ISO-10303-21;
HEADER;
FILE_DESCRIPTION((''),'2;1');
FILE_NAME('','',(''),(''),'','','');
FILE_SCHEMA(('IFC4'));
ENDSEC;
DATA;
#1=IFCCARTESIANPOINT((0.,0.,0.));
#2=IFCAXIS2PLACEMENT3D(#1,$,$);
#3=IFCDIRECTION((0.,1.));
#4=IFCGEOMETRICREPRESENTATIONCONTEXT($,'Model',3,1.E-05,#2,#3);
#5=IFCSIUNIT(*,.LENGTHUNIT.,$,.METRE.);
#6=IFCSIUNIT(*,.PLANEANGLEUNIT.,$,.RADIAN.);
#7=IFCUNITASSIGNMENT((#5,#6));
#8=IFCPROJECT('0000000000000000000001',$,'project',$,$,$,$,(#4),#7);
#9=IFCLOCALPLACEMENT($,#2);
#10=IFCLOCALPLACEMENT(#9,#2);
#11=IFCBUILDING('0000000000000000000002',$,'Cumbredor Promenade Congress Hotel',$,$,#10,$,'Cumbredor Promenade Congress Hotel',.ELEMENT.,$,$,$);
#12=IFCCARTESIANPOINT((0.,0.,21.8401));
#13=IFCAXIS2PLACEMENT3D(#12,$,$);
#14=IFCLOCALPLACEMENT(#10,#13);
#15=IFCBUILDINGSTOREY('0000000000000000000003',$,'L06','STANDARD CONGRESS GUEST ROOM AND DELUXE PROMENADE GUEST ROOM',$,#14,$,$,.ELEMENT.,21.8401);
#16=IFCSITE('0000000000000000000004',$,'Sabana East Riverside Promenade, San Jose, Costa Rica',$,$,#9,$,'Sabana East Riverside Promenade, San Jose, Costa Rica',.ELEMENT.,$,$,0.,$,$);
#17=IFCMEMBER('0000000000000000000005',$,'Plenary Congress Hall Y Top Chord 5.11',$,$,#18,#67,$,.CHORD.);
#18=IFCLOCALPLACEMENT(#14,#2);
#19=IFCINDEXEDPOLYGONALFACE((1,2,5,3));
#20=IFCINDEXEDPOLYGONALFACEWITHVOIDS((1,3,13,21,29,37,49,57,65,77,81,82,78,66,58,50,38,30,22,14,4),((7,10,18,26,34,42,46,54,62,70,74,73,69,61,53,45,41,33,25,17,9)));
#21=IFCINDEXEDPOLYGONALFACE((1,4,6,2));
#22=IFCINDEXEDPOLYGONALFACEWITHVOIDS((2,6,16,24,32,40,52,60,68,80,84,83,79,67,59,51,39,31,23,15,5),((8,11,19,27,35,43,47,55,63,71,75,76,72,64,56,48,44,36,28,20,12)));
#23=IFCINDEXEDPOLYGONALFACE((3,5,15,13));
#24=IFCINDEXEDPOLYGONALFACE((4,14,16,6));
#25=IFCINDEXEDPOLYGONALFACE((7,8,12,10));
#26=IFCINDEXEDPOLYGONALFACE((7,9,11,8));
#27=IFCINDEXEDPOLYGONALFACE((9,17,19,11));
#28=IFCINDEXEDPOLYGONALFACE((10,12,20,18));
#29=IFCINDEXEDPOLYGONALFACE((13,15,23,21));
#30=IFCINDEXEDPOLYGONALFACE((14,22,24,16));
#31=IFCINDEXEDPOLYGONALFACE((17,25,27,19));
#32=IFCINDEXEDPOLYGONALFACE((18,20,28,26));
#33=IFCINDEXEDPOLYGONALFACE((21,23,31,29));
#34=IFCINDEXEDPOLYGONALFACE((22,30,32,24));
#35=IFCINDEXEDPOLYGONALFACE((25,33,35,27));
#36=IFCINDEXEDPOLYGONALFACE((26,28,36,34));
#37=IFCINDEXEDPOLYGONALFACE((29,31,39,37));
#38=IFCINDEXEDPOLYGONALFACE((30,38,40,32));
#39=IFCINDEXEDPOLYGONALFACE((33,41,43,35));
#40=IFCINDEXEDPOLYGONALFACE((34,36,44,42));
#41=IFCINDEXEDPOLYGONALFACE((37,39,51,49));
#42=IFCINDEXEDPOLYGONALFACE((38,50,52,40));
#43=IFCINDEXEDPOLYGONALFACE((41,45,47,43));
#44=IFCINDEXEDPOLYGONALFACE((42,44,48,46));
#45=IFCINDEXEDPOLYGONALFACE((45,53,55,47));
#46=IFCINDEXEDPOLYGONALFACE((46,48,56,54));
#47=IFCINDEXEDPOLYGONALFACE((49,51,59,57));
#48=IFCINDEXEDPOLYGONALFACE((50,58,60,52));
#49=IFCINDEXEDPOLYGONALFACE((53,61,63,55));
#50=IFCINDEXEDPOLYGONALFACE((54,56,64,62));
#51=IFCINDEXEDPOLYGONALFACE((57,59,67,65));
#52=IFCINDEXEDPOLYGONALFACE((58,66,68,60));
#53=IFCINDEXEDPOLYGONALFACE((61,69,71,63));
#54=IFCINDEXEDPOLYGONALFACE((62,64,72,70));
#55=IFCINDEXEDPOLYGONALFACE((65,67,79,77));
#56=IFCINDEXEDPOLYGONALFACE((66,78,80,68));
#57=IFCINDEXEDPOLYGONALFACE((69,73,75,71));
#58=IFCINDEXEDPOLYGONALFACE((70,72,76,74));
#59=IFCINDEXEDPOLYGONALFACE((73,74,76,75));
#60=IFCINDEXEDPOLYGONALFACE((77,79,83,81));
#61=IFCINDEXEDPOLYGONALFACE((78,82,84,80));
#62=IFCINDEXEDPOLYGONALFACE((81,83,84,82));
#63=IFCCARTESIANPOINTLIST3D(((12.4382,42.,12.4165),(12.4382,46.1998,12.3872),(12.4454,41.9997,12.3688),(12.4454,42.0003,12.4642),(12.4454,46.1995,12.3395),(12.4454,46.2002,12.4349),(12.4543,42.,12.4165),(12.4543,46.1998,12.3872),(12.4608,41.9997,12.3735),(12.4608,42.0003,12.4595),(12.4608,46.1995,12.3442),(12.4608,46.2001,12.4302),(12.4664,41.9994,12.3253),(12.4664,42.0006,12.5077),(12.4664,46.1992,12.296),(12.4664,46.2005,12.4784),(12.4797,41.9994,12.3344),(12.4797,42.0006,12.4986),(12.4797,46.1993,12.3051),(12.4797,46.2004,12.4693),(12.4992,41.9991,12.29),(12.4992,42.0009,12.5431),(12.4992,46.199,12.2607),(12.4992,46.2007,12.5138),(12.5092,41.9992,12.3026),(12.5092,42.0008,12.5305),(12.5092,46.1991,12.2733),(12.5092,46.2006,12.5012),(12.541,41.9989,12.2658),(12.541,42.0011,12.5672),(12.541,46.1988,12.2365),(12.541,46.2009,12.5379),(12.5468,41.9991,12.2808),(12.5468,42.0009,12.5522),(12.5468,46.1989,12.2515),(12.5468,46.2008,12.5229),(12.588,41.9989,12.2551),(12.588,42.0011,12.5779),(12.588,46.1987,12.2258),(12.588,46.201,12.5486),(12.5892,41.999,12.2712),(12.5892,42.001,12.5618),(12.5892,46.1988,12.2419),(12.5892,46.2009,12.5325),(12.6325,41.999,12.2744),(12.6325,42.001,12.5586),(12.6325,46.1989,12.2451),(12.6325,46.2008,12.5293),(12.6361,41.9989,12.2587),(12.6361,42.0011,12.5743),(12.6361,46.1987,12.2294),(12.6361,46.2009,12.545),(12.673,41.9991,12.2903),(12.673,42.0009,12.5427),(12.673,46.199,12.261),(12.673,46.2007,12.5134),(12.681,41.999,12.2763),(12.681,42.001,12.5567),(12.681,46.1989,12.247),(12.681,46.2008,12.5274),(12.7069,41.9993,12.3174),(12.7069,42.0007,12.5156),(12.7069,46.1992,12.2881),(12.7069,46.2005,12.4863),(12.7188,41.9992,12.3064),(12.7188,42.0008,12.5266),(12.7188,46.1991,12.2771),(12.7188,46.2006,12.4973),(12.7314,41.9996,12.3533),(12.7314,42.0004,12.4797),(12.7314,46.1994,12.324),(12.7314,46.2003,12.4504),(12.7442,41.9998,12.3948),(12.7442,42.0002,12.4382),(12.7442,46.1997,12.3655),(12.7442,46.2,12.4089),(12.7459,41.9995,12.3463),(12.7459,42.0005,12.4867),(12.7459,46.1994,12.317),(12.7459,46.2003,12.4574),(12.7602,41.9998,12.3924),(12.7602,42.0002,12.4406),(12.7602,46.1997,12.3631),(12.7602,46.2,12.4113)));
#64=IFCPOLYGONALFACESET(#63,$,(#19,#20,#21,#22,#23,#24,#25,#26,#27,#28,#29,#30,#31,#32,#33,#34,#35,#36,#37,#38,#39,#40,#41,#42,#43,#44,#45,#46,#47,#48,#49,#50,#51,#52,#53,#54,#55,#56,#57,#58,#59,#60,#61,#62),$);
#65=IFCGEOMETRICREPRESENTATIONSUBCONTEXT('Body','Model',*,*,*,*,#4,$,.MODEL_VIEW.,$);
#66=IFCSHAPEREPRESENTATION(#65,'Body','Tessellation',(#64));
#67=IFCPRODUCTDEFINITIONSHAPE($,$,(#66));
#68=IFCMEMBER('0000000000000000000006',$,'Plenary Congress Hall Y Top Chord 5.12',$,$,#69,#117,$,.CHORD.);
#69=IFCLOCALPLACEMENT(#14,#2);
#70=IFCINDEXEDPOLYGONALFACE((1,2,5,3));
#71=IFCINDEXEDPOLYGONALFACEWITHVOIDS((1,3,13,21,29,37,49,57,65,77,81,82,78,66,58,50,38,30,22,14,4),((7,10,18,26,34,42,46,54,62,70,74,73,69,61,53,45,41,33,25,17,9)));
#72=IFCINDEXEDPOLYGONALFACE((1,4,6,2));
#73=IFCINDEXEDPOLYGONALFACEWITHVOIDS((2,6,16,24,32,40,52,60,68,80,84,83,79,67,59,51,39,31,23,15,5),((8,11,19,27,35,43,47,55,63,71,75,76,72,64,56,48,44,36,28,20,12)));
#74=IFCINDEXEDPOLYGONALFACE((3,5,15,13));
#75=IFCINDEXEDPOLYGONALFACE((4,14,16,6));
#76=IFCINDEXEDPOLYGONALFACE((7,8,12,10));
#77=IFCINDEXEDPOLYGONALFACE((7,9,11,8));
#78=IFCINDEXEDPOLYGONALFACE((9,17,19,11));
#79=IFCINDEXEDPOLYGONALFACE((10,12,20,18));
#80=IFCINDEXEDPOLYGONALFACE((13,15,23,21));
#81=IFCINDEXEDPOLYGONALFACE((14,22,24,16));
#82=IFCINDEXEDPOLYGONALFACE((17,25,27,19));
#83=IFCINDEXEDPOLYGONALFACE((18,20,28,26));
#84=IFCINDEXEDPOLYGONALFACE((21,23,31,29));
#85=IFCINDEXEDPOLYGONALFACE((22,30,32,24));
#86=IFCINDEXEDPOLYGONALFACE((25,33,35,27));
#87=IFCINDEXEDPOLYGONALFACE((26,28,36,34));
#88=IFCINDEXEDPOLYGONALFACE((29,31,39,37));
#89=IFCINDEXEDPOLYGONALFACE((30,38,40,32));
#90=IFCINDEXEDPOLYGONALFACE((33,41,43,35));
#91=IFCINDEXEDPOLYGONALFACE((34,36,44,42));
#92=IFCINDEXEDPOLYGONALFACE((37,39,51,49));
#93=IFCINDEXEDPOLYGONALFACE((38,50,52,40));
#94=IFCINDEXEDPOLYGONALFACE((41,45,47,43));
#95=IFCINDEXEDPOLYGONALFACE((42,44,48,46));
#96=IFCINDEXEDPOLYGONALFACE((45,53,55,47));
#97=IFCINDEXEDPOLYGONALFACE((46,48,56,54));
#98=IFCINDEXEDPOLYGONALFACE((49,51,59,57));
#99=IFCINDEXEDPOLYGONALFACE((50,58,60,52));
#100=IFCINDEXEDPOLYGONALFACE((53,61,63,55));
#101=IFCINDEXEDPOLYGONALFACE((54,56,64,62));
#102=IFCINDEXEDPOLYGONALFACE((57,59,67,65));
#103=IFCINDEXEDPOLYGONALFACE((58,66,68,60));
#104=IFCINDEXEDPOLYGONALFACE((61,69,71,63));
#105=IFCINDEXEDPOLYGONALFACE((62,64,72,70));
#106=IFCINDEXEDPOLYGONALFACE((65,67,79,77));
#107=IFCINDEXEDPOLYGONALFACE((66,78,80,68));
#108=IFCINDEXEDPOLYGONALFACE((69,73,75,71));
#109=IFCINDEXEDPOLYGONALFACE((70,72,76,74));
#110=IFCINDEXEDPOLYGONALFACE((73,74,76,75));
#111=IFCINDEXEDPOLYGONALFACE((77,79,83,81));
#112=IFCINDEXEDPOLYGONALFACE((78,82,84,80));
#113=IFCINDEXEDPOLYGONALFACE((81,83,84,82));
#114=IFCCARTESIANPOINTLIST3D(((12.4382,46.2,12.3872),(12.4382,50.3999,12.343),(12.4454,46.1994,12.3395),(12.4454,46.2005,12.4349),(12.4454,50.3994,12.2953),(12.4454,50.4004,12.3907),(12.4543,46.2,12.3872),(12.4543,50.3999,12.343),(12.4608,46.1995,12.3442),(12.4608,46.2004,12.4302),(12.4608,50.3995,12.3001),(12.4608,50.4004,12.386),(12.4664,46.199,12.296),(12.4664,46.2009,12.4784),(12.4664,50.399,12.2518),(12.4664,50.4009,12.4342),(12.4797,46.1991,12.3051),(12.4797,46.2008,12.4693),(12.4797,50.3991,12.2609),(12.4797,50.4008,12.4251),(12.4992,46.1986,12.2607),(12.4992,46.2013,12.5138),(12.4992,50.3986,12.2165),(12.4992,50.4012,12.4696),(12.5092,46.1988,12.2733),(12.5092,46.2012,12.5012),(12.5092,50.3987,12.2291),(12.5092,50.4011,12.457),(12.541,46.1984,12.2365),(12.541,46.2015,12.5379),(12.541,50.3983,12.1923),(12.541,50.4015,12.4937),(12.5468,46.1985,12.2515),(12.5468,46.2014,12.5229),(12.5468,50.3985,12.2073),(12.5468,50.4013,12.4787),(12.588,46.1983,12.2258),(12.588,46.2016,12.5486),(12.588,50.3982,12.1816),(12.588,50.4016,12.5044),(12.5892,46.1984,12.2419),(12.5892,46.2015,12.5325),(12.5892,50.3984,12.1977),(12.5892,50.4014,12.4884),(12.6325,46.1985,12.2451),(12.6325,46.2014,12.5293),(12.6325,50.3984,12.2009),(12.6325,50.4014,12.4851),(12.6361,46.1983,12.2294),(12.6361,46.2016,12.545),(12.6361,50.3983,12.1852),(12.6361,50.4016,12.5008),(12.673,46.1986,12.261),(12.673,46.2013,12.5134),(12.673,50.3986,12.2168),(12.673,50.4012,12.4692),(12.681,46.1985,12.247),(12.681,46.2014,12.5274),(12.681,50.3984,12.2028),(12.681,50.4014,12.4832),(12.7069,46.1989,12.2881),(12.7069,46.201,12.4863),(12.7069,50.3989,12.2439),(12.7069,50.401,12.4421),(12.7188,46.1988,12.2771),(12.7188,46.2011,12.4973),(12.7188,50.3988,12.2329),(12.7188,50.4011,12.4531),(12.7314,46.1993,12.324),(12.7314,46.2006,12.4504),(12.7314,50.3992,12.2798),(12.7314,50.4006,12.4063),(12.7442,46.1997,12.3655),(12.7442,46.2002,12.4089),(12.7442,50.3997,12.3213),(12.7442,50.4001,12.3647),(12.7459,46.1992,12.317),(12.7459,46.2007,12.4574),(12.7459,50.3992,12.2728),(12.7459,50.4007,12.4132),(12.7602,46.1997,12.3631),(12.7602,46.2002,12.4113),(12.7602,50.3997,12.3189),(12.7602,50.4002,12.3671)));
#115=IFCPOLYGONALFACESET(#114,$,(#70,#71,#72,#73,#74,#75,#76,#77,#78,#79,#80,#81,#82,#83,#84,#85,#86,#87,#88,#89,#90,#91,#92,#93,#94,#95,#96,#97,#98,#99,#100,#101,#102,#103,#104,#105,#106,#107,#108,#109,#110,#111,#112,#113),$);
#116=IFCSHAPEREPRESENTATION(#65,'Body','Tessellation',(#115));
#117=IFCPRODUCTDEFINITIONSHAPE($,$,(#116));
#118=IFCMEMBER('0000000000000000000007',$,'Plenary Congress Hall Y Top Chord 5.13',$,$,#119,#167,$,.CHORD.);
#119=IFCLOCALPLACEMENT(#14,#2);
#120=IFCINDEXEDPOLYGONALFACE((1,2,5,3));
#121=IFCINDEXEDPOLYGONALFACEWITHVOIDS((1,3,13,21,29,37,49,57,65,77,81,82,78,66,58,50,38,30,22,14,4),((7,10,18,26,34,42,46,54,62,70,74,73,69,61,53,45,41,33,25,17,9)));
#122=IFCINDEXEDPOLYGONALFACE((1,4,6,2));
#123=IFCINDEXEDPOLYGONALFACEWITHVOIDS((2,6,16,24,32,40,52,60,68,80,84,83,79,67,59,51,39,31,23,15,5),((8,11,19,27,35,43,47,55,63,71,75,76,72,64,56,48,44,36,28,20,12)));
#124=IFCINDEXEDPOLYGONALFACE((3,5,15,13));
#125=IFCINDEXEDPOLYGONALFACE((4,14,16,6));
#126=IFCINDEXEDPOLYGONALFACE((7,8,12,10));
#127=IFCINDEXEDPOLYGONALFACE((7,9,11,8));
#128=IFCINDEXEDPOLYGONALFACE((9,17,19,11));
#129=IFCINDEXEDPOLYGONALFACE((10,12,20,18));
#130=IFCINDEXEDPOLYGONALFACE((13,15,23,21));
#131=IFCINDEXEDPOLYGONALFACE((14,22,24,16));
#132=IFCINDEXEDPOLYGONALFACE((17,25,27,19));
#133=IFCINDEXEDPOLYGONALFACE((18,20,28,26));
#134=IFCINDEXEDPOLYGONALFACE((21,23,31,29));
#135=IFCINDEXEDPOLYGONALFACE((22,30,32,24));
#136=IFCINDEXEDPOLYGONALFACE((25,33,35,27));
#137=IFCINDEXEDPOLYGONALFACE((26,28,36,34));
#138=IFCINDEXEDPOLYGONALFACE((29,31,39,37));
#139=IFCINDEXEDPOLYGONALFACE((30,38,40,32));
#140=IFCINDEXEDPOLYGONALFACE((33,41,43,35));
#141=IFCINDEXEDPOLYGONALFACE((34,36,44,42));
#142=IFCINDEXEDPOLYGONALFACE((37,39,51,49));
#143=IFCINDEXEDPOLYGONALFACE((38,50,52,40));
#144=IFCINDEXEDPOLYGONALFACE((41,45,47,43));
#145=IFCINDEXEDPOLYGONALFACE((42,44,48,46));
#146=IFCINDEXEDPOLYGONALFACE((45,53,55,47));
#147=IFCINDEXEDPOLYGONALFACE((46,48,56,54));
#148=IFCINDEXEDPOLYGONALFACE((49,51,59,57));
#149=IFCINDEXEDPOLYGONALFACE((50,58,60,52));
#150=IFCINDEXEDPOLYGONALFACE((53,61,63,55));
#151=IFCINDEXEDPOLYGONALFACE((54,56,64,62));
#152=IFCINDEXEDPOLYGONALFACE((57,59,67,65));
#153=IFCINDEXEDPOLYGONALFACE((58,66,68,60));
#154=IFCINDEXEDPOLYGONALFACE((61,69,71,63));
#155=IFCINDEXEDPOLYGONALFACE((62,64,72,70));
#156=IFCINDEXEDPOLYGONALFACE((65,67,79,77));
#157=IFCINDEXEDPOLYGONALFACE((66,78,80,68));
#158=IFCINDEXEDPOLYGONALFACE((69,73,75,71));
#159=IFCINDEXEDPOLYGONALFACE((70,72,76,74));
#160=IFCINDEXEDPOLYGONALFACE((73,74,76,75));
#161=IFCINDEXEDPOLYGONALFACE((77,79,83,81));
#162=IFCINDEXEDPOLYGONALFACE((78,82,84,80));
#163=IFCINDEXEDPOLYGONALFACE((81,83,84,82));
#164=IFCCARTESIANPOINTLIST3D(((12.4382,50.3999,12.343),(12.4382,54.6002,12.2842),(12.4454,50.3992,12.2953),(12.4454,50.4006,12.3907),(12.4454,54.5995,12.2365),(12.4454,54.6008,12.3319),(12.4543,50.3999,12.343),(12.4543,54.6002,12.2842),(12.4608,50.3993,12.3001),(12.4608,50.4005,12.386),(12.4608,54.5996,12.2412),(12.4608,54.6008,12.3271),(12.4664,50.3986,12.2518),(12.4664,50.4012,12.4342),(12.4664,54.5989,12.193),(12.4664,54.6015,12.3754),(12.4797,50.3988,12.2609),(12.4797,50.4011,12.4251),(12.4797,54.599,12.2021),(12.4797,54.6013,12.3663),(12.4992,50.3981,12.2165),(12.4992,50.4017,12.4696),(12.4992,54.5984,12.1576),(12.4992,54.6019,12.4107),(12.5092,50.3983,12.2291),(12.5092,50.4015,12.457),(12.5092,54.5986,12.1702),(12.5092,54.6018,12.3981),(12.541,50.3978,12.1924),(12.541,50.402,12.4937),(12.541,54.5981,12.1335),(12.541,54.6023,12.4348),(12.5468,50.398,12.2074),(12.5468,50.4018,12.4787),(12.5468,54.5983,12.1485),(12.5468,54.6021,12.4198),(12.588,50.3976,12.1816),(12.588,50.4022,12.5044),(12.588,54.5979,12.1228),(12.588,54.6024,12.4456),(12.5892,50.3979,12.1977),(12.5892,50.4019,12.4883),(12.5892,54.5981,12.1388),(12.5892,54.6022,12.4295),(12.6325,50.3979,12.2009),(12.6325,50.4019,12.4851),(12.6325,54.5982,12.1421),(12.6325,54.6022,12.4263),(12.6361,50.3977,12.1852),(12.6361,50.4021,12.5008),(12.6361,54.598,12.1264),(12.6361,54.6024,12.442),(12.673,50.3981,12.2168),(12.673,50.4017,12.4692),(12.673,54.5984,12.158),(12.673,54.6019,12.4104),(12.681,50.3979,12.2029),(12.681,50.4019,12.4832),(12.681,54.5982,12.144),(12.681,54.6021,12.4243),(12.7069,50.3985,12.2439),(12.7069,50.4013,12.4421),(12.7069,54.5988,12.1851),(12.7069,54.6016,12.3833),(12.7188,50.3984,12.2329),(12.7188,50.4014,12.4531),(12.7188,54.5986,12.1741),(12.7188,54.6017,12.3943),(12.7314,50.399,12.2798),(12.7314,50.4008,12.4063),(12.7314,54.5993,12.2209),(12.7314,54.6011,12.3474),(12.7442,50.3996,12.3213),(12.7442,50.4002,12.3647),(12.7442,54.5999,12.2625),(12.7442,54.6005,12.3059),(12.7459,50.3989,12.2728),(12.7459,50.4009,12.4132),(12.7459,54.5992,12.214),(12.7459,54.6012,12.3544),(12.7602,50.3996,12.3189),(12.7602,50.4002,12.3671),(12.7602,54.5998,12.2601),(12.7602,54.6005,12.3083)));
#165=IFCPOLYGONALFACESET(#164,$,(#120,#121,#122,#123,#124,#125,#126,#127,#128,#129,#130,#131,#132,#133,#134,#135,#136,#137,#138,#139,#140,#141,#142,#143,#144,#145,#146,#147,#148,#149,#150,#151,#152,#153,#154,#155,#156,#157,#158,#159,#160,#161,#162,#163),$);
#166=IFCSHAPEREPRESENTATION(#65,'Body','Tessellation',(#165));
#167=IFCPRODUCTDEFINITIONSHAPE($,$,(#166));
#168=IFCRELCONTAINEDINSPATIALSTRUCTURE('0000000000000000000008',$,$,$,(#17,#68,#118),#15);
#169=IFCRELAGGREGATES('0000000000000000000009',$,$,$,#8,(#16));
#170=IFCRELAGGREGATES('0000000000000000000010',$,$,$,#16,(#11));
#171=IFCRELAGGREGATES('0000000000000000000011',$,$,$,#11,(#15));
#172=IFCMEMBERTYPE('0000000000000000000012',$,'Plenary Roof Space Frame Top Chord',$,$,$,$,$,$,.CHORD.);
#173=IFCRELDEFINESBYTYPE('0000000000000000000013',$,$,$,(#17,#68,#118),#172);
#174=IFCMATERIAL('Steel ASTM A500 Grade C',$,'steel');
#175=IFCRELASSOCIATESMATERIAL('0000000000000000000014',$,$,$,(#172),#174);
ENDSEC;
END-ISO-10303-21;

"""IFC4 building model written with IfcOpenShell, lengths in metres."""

from ifc_helpers import new_model, si_unit, direction, frame, origin, origin_2d, place, context, subcontext, project, spatial, hollow_circle, extrude, material, material_profile, profile_set, type_object, element, save


model = new_model("IFC4")

# Units and contexts
model_context = context("Model", 3, precision=1e-05, world=origin(), true_north=direction((0.0, 1.0)))
body_context = subcontext(model_context, "Body", "Model", "MODEL_VIEW")
ifc_project = project(units=[si_unit("LENGTHUNIT", "METRE"), si_unit("PLANEANGLEUNIT", "RADIAN")], contexts=[model_context])

# Site, building, storey
site_placement = place(None, origin())
site = spatial("IfcSite", under=ifc_project, at=site_placement, Name="Sabana East Riverside Promenade, San Jose, Costa Rica", LongName="Sabana East Riverside Promenade, San Jose, Costa Rica", CompositionType="ELEMENT", RefElevation=0.0)
building_placement = place(site_placement, origin())
building = spatial("IfcBuilding", under=site, at=building_placement, Name="Cumbredor Promenade Congress Hotel", LongName="Cumbredor Promenade Congress Hotel", CompositionType="ELEMENT")
storey_placement = place(building_placement, frame((0.0, 0.0, 21.8401)))
storey = spatial("IfcBuildingStorey", under=building, at=storey_placement, Name="L06", Description="STANDARD CONGRESS GUEST ROOM AND DELUXE PROMENADE GUEST ROOM", CompositionType="ELEMENT", Elevation=21.8401)

# Members
ifc_material_1 = material(Name="Steel ASTM A500 Grade C", Category="steel")
ifc_material_profile_1 = material_profile(ifc_material_1, hollow_circle(Radius=0.1619, WallThickness=0.0161, at=origin_2d()), Name="CHS 323.9x16")
ifc_profile_set_1 = profile_set([ifc_material_profile_1], Name="Steel ASTM A500 Grade C")
member_type_1 = type_object("IfcMemberType", Name="Plenary Roof Space Frame Top Chord", PredefinedType="CHORD", material=ifc_profile_set_1)
member_1_placement = place(storey_placement, frame((12.6001, 42.0, 12.4165), z_axis=(0.0, 0.999976, -0.006975), x_axis=(-1.0, 0.0, 0.0)))
element("IfcMember", 1, at=member_1_placement, inside=storey, type_object=member_type_1, Name="Plenary Congress Hall Y Top Chord 5.11", PredefinedType="CHORD", context=body_context, shape_type="SweptSolid", body=[
    extrude(hollow_circle(Radius=0.1619, WallThickness=0.0161, at=origin_2d()), origin(), (0.0, 0.0, 1.0), 4.2),
])
member_2_placement = place(storey_placement, frame((12.6001, 46.2, 12.3872), z_axis=(0.0, 0.999945, -0.010521), x_axis=(-1.0, 0.0, 0.0)))
element("IfcMember", 2, at=member_2_placement, inside=storey, type_object=member_type_1, Name="Plenary Congress Hall Y Top Chord 5.12", PredefinedType="CHORD", context=body_context, shape_type="SweptSolid", body=[
    extrude(hollow_circle(Radius=0.1619, WallThickness=0.0161, at=origin_2d()), origin(), (0.0, 0.0, 1.0), 4.2002),
])
member_3_placement = place(storey_placement, frame((12.6001, 50.3999, 12.343), z_axis=(0.0, 0.999902, -0.014007), x_axis=(-1.0, 0.0, 0.0)))
element("IfcMember", 3, at=member_3_placement, inside=storey, type_object=member_type_1, Name="Plenary Congress Hall Y Top Chord 5.13", PredefinedType="CHORD", context=body_context, shape_type="SweptSolid", body=[
    extrude(hollow_circle(Radius=0.1619, WallThickness=0.0161, at=origin_2d()), origin(), (0.0, 0.0, 1.0), 4.2007),
])

save(model, "model.ifc")
